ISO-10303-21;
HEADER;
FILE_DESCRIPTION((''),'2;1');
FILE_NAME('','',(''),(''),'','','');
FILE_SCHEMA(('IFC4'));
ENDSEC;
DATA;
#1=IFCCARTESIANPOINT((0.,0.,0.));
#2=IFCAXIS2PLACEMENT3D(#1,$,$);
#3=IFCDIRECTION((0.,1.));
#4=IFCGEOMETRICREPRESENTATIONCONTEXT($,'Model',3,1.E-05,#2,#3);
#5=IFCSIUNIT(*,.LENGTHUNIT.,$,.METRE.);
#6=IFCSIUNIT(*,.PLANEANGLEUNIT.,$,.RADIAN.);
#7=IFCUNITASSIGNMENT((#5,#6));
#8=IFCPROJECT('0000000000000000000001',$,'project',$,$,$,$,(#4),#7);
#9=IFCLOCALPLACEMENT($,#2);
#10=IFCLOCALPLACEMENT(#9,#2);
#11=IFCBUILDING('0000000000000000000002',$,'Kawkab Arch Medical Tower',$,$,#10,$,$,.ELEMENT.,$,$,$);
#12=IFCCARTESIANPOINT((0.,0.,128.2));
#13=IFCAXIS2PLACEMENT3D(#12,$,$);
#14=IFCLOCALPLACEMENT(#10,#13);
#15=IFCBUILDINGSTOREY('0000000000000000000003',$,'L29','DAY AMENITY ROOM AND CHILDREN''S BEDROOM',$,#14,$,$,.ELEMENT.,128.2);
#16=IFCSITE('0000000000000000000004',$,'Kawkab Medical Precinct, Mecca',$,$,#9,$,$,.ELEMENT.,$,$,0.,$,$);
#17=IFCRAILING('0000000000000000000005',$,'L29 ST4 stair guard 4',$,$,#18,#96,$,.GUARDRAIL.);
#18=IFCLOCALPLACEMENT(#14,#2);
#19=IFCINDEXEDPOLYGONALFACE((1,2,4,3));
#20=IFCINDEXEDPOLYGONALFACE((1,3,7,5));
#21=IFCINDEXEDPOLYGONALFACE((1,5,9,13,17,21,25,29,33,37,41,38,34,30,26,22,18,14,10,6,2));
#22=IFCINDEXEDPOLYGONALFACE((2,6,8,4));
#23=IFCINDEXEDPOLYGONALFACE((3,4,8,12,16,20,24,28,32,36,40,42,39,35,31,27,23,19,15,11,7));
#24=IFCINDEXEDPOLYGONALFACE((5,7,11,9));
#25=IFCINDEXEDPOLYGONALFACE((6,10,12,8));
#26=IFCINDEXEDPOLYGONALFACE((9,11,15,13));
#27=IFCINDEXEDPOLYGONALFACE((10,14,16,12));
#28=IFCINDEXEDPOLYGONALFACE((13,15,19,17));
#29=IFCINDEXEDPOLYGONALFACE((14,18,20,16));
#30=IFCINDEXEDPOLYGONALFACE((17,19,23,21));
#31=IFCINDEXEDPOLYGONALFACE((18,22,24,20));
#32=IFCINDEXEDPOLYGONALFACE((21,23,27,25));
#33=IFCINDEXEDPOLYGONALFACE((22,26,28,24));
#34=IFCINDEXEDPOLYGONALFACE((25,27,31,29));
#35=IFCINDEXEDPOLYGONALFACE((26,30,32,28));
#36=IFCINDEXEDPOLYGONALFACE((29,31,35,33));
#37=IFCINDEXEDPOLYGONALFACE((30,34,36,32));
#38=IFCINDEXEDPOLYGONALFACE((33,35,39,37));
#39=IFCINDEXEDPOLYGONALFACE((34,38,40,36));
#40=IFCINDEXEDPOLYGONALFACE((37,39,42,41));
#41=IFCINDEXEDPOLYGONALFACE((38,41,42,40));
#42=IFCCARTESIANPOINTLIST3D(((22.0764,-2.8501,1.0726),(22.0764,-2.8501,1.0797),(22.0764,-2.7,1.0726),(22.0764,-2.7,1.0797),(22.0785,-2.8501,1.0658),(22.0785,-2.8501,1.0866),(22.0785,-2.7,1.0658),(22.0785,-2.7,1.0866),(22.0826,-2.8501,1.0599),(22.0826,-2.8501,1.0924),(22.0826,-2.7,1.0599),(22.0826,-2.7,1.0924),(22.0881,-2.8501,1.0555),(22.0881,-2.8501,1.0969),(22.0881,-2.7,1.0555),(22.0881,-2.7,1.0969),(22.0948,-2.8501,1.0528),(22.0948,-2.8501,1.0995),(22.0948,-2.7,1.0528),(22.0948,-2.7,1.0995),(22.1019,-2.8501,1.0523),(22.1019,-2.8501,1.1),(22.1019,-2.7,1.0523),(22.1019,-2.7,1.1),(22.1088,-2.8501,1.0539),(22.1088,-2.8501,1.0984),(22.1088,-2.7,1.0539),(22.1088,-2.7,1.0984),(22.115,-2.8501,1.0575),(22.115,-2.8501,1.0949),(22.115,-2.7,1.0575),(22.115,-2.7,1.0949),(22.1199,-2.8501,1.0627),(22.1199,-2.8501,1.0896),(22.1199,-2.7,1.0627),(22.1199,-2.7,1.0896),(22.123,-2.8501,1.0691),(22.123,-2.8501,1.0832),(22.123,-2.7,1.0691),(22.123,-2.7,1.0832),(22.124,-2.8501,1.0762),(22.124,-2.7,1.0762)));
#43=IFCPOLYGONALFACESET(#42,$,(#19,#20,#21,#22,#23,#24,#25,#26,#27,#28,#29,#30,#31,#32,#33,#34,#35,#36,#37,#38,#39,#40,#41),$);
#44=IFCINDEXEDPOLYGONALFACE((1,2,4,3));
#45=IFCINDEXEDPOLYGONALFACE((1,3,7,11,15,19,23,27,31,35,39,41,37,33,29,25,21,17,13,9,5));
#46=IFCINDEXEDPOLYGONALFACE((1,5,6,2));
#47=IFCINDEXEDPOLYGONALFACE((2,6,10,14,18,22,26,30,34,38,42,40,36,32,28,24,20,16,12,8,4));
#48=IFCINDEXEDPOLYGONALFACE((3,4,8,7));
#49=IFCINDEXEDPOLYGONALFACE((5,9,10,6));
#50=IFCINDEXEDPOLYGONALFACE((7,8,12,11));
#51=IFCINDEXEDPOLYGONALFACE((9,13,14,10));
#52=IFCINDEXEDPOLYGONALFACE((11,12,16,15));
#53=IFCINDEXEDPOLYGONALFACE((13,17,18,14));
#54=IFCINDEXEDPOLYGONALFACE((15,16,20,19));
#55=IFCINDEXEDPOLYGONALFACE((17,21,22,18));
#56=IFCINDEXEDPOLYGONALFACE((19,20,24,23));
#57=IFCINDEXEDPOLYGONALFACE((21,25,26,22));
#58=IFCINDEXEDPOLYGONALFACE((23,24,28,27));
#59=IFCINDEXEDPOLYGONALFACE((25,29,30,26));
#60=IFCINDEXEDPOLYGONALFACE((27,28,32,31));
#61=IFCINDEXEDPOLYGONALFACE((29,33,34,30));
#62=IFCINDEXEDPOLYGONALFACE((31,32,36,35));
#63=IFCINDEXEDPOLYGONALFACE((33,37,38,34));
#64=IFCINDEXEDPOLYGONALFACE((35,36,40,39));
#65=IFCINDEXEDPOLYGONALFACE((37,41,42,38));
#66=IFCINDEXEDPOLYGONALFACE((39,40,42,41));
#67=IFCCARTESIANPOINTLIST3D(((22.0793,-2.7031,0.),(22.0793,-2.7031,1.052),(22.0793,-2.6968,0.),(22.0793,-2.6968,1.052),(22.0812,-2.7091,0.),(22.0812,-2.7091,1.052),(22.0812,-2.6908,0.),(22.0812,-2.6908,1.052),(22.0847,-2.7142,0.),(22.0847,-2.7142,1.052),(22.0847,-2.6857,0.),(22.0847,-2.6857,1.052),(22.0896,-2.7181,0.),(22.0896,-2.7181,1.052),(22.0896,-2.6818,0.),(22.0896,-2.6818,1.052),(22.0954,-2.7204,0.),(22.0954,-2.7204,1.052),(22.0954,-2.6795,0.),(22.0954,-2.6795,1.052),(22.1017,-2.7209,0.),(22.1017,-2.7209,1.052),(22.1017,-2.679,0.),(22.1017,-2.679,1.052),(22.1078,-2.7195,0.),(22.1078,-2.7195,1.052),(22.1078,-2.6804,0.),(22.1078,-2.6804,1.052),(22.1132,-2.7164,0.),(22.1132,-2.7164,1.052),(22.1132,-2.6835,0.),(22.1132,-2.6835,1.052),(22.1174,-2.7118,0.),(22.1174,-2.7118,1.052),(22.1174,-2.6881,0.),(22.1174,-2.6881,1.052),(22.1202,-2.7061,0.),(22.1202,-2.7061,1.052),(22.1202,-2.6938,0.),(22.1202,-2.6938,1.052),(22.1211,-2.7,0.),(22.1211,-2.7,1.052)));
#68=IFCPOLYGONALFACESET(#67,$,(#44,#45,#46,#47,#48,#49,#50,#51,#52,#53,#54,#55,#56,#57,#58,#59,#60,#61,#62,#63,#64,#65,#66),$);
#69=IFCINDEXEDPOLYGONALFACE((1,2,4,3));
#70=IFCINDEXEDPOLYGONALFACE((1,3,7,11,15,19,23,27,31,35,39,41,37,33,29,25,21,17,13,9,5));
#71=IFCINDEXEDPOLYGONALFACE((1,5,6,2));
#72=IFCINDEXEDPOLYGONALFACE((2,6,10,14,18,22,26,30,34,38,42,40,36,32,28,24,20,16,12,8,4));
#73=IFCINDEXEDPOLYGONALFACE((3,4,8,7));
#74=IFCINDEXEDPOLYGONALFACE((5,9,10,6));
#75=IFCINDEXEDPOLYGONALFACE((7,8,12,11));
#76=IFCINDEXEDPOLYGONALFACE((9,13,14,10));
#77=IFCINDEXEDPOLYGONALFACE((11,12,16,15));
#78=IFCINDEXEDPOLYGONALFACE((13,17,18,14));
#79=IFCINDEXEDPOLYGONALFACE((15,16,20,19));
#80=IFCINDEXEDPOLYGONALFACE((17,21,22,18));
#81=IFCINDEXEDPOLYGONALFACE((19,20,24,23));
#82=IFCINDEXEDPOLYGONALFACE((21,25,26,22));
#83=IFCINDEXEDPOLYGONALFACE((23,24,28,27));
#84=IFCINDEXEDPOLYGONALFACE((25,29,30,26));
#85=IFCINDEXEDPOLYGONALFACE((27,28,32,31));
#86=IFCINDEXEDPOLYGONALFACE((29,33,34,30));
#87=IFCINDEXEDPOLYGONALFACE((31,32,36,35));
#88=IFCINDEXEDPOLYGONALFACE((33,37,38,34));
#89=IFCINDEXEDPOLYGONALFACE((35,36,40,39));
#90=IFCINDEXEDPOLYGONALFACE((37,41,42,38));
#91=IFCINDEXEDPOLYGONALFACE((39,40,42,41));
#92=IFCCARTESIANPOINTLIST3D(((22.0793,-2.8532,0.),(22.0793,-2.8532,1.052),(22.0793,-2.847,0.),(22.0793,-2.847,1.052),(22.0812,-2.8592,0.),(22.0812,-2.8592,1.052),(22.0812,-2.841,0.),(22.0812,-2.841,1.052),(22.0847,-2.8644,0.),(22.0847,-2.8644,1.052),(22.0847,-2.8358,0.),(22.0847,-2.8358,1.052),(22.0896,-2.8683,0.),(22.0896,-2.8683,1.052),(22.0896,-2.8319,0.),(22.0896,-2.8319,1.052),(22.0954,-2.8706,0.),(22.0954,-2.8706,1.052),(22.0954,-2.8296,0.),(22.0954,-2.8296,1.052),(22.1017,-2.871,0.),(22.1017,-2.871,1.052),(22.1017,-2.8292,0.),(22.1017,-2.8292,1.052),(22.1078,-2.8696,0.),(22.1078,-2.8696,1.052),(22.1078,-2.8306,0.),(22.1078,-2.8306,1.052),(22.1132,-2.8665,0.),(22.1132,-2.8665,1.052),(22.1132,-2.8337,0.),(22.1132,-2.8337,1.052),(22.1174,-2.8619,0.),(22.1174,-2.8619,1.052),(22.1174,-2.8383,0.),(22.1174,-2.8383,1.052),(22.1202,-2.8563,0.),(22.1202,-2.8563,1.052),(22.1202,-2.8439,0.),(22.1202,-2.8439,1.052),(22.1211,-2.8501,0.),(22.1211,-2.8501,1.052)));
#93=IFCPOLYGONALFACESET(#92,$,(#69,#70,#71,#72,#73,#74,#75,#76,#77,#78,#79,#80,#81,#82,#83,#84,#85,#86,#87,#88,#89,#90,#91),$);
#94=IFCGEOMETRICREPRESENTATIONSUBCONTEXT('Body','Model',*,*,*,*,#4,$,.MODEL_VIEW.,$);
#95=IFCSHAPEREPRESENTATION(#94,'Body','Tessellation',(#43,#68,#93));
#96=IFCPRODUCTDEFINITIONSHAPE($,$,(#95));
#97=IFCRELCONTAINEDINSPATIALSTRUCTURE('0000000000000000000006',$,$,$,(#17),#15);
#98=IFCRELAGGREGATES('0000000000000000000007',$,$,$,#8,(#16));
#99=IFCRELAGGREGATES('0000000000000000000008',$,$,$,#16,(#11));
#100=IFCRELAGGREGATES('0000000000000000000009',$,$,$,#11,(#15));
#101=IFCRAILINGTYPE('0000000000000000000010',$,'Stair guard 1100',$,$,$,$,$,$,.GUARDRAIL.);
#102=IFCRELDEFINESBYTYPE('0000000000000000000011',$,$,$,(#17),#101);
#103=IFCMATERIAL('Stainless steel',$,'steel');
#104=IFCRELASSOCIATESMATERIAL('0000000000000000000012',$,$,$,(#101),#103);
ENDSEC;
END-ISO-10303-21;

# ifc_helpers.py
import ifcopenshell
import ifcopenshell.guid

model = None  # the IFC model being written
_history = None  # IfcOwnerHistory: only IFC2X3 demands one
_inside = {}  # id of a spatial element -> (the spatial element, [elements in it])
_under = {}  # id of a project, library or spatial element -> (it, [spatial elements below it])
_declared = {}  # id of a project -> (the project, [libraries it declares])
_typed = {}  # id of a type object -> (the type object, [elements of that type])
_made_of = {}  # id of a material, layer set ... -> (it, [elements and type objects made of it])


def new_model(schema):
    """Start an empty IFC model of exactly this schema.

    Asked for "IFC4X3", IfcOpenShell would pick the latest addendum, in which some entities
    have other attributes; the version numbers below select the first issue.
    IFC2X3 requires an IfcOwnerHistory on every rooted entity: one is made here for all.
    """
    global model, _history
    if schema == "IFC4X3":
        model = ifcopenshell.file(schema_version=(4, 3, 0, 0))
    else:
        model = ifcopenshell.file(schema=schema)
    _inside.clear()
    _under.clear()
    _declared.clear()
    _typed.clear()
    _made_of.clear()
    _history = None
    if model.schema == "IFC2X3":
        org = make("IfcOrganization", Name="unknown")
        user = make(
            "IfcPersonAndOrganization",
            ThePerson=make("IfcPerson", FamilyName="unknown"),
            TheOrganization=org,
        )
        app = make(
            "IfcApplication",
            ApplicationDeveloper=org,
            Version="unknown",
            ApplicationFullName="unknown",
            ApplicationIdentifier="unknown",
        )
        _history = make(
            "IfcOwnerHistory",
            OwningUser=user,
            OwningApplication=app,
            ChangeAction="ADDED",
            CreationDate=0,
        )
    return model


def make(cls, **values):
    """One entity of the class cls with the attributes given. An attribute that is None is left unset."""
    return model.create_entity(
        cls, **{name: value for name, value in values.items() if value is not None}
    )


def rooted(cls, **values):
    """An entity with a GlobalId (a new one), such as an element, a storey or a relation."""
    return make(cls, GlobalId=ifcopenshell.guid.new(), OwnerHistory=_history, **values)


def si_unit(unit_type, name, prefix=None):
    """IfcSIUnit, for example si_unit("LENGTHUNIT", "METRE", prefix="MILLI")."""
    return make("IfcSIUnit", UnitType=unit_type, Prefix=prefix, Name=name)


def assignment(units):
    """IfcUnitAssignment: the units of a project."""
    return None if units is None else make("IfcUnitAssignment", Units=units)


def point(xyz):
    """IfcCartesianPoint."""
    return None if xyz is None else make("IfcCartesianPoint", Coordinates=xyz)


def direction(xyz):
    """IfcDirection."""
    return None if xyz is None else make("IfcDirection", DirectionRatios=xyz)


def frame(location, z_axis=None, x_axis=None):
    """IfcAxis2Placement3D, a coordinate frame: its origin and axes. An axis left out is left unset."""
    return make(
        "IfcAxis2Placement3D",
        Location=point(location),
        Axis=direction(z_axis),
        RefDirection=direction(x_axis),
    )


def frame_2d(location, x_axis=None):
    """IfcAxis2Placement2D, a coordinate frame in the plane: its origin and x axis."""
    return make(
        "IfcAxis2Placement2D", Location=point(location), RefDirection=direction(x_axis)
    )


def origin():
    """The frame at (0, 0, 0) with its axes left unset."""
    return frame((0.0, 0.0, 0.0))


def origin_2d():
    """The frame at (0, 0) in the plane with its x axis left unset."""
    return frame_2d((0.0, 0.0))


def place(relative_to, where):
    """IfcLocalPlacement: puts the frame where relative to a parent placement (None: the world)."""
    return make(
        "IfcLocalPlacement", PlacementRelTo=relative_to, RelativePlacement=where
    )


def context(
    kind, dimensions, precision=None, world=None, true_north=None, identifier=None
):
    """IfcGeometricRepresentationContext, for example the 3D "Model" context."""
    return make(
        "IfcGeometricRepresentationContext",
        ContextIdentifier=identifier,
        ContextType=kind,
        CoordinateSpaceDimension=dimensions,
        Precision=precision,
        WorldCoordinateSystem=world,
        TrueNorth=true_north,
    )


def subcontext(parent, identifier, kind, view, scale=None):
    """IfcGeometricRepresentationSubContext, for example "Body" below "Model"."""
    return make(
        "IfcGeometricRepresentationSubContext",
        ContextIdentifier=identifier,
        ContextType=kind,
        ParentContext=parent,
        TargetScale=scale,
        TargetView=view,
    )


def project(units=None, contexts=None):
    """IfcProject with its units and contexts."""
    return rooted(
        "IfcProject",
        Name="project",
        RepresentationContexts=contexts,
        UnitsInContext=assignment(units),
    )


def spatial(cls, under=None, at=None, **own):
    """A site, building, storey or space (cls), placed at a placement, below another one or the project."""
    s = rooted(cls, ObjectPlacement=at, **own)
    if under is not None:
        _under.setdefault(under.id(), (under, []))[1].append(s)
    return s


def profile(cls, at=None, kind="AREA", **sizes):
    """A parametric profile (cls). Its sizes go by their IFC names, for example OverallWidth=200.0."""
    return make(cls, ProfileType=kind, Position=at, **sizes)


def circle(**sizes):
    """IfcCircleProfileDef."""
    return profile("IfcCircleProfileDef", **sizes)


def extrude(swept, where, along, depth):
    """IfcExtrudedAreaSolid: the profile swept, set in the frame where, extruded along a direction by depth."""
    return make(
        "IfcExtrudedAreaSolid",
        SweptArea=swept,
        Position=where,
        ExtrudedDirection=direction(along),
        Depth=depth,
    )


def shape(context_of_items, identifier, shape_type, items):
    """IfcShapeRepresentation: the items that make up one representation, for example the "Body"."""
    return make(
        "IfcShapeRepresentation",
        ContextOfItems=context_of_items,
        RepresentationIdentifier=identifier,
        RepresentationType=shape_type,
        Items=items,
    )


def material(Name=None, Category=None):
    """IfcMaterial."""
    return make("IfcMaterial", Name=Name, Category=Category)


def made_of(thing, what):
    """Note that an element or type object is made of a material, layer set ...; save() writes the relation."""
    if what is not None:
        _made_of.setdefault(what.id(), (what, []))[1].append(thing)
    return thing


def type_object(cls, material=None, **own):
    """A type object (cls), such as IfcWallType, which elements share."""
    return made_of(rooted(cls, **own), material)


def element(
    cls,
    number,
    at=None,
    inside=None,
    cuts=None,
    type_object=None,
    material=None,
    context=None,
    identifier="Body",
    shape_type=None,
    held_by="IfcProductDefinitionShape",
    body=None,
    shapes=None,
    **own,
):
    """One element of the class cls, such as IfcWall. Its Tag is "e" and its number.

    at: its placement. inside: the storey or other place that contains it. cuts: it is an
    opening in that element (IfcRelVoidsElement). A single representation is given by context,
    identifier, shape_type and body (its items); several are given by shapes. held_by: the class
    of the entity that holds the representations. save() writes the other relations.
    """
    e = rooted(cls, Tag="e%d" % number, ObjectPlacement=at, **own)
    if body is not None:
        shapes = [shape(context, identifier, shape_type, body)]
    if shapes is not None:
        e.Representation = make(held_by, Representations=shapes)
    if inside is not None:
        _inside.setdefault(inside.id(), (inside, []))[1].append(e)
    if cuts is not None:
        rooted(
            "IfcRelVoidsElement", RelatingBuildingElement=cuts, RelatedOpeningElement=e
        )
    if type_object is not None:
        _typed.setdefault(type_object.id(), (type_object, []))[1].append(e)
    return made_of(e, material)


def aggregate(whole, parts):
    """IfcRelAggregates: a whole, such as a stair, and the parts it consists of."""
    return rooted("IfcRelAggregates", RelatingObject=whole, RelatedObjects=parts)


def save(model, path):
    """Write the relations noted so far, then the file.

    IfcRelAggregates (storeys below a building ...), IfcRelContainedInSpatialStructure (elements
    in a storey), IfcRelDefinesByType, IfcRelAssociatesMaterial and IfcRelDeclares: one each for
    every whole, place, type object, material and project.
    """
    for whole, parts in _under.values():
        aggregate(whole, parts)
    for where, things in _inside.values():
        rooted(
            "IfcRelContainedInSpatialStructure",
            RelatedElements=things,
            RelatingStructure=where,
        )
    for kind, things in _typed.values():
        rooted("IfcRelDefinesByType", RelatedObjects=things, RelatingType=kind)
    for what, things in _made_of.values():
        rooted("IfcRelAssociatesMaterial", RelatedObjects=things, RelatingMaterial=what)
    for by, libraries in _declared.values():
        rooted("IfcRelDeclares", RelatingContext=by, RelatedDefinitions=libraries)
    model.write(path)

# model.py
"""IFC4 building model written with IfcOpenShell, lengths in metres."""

from ifc_helpers import new_model, si_unit, direction, frame, origin, origin_2d, place, context, subcontext, project, spatial, circle, extrude, material, type_object, element, save


model = new_model("IFC4")

# Units and contexts
model_context = context("Model", 3, precision=1e-05, world=origin(), true_north=direction((0.0, 1.0)))
body_context = subcontext(model_context, "Body", "Model", "MODEL_VIEW")
ifc_project = project(units=[si_unit("LENGTHUNIT", "METRE"), si_unit("PLANEANGLEUNIT", "RADIAN")], contexts=[model_context])

# Site, building, storey
site_placement = place(None, origin())
site = spatial("IfcSite", under=ifc_project, at=site_placement, Name="Kawkab Medical Precinct, Mecca", CompositionType="ELEMENT", RefElevation=0.0)
building_placement = place(site_placement, origin())
building = spatial("IfcBuilding", under=site, at=building_placement, Name="Kawkab Arch Medical Tower", CompositionType="ELEMENT")
storey_placement = place(building_placement, frame((0.0, 0.0, 128.2)))
storey = spatial("IfcBuildingStorey", under=building, at=storey_placement, Name="L29", Description="DAY AMENITY ROOM AND CHILDREN'S BEDROOM", CompositionType="ELEMENT", Elevation=128.2)

# Railing
ifc_material_1 = material(Name="Stainless steel", Category="steel")
railing_type_1 = type_object("IfcRailingType", Name="Stair guard 1100", PredefinedType="GUARDRAIL", material=ifc_material_1)
railing_1_placement = place(storey_placement, frame((22.1001, -2.7, 0.0)))
element("IfcRailing", 1, at=railing_1_placement, inside=storey, type_object=railing_type_1, Name="L29 ST4 stair guard 4", PredefinedType="GUARDRAIL", context=body_context, shape_type="SweptSolid", body=[
    extrude(circle(Radius=0.0239, at=origin_2d()), frame((0.0, 0.0, 1.0762), z_axis=(0.0, -1.0, 0.0), x_axis=(1.0, 0.0, 0.0)), (0.0, 0.0, 1.0), 0.1501),
    extrude(circle(Radius=0.021, at=origin_2d()), origin(), (0.0, 0.0, 1.0), 1.052),
    extrude(circle(Radius=0.021, at=origin_2d()), frame((0.0, -0.1501, 0.0)), (0.0, 0.0, 1.0), 1.052),
])

save(model, "model.ifc")
